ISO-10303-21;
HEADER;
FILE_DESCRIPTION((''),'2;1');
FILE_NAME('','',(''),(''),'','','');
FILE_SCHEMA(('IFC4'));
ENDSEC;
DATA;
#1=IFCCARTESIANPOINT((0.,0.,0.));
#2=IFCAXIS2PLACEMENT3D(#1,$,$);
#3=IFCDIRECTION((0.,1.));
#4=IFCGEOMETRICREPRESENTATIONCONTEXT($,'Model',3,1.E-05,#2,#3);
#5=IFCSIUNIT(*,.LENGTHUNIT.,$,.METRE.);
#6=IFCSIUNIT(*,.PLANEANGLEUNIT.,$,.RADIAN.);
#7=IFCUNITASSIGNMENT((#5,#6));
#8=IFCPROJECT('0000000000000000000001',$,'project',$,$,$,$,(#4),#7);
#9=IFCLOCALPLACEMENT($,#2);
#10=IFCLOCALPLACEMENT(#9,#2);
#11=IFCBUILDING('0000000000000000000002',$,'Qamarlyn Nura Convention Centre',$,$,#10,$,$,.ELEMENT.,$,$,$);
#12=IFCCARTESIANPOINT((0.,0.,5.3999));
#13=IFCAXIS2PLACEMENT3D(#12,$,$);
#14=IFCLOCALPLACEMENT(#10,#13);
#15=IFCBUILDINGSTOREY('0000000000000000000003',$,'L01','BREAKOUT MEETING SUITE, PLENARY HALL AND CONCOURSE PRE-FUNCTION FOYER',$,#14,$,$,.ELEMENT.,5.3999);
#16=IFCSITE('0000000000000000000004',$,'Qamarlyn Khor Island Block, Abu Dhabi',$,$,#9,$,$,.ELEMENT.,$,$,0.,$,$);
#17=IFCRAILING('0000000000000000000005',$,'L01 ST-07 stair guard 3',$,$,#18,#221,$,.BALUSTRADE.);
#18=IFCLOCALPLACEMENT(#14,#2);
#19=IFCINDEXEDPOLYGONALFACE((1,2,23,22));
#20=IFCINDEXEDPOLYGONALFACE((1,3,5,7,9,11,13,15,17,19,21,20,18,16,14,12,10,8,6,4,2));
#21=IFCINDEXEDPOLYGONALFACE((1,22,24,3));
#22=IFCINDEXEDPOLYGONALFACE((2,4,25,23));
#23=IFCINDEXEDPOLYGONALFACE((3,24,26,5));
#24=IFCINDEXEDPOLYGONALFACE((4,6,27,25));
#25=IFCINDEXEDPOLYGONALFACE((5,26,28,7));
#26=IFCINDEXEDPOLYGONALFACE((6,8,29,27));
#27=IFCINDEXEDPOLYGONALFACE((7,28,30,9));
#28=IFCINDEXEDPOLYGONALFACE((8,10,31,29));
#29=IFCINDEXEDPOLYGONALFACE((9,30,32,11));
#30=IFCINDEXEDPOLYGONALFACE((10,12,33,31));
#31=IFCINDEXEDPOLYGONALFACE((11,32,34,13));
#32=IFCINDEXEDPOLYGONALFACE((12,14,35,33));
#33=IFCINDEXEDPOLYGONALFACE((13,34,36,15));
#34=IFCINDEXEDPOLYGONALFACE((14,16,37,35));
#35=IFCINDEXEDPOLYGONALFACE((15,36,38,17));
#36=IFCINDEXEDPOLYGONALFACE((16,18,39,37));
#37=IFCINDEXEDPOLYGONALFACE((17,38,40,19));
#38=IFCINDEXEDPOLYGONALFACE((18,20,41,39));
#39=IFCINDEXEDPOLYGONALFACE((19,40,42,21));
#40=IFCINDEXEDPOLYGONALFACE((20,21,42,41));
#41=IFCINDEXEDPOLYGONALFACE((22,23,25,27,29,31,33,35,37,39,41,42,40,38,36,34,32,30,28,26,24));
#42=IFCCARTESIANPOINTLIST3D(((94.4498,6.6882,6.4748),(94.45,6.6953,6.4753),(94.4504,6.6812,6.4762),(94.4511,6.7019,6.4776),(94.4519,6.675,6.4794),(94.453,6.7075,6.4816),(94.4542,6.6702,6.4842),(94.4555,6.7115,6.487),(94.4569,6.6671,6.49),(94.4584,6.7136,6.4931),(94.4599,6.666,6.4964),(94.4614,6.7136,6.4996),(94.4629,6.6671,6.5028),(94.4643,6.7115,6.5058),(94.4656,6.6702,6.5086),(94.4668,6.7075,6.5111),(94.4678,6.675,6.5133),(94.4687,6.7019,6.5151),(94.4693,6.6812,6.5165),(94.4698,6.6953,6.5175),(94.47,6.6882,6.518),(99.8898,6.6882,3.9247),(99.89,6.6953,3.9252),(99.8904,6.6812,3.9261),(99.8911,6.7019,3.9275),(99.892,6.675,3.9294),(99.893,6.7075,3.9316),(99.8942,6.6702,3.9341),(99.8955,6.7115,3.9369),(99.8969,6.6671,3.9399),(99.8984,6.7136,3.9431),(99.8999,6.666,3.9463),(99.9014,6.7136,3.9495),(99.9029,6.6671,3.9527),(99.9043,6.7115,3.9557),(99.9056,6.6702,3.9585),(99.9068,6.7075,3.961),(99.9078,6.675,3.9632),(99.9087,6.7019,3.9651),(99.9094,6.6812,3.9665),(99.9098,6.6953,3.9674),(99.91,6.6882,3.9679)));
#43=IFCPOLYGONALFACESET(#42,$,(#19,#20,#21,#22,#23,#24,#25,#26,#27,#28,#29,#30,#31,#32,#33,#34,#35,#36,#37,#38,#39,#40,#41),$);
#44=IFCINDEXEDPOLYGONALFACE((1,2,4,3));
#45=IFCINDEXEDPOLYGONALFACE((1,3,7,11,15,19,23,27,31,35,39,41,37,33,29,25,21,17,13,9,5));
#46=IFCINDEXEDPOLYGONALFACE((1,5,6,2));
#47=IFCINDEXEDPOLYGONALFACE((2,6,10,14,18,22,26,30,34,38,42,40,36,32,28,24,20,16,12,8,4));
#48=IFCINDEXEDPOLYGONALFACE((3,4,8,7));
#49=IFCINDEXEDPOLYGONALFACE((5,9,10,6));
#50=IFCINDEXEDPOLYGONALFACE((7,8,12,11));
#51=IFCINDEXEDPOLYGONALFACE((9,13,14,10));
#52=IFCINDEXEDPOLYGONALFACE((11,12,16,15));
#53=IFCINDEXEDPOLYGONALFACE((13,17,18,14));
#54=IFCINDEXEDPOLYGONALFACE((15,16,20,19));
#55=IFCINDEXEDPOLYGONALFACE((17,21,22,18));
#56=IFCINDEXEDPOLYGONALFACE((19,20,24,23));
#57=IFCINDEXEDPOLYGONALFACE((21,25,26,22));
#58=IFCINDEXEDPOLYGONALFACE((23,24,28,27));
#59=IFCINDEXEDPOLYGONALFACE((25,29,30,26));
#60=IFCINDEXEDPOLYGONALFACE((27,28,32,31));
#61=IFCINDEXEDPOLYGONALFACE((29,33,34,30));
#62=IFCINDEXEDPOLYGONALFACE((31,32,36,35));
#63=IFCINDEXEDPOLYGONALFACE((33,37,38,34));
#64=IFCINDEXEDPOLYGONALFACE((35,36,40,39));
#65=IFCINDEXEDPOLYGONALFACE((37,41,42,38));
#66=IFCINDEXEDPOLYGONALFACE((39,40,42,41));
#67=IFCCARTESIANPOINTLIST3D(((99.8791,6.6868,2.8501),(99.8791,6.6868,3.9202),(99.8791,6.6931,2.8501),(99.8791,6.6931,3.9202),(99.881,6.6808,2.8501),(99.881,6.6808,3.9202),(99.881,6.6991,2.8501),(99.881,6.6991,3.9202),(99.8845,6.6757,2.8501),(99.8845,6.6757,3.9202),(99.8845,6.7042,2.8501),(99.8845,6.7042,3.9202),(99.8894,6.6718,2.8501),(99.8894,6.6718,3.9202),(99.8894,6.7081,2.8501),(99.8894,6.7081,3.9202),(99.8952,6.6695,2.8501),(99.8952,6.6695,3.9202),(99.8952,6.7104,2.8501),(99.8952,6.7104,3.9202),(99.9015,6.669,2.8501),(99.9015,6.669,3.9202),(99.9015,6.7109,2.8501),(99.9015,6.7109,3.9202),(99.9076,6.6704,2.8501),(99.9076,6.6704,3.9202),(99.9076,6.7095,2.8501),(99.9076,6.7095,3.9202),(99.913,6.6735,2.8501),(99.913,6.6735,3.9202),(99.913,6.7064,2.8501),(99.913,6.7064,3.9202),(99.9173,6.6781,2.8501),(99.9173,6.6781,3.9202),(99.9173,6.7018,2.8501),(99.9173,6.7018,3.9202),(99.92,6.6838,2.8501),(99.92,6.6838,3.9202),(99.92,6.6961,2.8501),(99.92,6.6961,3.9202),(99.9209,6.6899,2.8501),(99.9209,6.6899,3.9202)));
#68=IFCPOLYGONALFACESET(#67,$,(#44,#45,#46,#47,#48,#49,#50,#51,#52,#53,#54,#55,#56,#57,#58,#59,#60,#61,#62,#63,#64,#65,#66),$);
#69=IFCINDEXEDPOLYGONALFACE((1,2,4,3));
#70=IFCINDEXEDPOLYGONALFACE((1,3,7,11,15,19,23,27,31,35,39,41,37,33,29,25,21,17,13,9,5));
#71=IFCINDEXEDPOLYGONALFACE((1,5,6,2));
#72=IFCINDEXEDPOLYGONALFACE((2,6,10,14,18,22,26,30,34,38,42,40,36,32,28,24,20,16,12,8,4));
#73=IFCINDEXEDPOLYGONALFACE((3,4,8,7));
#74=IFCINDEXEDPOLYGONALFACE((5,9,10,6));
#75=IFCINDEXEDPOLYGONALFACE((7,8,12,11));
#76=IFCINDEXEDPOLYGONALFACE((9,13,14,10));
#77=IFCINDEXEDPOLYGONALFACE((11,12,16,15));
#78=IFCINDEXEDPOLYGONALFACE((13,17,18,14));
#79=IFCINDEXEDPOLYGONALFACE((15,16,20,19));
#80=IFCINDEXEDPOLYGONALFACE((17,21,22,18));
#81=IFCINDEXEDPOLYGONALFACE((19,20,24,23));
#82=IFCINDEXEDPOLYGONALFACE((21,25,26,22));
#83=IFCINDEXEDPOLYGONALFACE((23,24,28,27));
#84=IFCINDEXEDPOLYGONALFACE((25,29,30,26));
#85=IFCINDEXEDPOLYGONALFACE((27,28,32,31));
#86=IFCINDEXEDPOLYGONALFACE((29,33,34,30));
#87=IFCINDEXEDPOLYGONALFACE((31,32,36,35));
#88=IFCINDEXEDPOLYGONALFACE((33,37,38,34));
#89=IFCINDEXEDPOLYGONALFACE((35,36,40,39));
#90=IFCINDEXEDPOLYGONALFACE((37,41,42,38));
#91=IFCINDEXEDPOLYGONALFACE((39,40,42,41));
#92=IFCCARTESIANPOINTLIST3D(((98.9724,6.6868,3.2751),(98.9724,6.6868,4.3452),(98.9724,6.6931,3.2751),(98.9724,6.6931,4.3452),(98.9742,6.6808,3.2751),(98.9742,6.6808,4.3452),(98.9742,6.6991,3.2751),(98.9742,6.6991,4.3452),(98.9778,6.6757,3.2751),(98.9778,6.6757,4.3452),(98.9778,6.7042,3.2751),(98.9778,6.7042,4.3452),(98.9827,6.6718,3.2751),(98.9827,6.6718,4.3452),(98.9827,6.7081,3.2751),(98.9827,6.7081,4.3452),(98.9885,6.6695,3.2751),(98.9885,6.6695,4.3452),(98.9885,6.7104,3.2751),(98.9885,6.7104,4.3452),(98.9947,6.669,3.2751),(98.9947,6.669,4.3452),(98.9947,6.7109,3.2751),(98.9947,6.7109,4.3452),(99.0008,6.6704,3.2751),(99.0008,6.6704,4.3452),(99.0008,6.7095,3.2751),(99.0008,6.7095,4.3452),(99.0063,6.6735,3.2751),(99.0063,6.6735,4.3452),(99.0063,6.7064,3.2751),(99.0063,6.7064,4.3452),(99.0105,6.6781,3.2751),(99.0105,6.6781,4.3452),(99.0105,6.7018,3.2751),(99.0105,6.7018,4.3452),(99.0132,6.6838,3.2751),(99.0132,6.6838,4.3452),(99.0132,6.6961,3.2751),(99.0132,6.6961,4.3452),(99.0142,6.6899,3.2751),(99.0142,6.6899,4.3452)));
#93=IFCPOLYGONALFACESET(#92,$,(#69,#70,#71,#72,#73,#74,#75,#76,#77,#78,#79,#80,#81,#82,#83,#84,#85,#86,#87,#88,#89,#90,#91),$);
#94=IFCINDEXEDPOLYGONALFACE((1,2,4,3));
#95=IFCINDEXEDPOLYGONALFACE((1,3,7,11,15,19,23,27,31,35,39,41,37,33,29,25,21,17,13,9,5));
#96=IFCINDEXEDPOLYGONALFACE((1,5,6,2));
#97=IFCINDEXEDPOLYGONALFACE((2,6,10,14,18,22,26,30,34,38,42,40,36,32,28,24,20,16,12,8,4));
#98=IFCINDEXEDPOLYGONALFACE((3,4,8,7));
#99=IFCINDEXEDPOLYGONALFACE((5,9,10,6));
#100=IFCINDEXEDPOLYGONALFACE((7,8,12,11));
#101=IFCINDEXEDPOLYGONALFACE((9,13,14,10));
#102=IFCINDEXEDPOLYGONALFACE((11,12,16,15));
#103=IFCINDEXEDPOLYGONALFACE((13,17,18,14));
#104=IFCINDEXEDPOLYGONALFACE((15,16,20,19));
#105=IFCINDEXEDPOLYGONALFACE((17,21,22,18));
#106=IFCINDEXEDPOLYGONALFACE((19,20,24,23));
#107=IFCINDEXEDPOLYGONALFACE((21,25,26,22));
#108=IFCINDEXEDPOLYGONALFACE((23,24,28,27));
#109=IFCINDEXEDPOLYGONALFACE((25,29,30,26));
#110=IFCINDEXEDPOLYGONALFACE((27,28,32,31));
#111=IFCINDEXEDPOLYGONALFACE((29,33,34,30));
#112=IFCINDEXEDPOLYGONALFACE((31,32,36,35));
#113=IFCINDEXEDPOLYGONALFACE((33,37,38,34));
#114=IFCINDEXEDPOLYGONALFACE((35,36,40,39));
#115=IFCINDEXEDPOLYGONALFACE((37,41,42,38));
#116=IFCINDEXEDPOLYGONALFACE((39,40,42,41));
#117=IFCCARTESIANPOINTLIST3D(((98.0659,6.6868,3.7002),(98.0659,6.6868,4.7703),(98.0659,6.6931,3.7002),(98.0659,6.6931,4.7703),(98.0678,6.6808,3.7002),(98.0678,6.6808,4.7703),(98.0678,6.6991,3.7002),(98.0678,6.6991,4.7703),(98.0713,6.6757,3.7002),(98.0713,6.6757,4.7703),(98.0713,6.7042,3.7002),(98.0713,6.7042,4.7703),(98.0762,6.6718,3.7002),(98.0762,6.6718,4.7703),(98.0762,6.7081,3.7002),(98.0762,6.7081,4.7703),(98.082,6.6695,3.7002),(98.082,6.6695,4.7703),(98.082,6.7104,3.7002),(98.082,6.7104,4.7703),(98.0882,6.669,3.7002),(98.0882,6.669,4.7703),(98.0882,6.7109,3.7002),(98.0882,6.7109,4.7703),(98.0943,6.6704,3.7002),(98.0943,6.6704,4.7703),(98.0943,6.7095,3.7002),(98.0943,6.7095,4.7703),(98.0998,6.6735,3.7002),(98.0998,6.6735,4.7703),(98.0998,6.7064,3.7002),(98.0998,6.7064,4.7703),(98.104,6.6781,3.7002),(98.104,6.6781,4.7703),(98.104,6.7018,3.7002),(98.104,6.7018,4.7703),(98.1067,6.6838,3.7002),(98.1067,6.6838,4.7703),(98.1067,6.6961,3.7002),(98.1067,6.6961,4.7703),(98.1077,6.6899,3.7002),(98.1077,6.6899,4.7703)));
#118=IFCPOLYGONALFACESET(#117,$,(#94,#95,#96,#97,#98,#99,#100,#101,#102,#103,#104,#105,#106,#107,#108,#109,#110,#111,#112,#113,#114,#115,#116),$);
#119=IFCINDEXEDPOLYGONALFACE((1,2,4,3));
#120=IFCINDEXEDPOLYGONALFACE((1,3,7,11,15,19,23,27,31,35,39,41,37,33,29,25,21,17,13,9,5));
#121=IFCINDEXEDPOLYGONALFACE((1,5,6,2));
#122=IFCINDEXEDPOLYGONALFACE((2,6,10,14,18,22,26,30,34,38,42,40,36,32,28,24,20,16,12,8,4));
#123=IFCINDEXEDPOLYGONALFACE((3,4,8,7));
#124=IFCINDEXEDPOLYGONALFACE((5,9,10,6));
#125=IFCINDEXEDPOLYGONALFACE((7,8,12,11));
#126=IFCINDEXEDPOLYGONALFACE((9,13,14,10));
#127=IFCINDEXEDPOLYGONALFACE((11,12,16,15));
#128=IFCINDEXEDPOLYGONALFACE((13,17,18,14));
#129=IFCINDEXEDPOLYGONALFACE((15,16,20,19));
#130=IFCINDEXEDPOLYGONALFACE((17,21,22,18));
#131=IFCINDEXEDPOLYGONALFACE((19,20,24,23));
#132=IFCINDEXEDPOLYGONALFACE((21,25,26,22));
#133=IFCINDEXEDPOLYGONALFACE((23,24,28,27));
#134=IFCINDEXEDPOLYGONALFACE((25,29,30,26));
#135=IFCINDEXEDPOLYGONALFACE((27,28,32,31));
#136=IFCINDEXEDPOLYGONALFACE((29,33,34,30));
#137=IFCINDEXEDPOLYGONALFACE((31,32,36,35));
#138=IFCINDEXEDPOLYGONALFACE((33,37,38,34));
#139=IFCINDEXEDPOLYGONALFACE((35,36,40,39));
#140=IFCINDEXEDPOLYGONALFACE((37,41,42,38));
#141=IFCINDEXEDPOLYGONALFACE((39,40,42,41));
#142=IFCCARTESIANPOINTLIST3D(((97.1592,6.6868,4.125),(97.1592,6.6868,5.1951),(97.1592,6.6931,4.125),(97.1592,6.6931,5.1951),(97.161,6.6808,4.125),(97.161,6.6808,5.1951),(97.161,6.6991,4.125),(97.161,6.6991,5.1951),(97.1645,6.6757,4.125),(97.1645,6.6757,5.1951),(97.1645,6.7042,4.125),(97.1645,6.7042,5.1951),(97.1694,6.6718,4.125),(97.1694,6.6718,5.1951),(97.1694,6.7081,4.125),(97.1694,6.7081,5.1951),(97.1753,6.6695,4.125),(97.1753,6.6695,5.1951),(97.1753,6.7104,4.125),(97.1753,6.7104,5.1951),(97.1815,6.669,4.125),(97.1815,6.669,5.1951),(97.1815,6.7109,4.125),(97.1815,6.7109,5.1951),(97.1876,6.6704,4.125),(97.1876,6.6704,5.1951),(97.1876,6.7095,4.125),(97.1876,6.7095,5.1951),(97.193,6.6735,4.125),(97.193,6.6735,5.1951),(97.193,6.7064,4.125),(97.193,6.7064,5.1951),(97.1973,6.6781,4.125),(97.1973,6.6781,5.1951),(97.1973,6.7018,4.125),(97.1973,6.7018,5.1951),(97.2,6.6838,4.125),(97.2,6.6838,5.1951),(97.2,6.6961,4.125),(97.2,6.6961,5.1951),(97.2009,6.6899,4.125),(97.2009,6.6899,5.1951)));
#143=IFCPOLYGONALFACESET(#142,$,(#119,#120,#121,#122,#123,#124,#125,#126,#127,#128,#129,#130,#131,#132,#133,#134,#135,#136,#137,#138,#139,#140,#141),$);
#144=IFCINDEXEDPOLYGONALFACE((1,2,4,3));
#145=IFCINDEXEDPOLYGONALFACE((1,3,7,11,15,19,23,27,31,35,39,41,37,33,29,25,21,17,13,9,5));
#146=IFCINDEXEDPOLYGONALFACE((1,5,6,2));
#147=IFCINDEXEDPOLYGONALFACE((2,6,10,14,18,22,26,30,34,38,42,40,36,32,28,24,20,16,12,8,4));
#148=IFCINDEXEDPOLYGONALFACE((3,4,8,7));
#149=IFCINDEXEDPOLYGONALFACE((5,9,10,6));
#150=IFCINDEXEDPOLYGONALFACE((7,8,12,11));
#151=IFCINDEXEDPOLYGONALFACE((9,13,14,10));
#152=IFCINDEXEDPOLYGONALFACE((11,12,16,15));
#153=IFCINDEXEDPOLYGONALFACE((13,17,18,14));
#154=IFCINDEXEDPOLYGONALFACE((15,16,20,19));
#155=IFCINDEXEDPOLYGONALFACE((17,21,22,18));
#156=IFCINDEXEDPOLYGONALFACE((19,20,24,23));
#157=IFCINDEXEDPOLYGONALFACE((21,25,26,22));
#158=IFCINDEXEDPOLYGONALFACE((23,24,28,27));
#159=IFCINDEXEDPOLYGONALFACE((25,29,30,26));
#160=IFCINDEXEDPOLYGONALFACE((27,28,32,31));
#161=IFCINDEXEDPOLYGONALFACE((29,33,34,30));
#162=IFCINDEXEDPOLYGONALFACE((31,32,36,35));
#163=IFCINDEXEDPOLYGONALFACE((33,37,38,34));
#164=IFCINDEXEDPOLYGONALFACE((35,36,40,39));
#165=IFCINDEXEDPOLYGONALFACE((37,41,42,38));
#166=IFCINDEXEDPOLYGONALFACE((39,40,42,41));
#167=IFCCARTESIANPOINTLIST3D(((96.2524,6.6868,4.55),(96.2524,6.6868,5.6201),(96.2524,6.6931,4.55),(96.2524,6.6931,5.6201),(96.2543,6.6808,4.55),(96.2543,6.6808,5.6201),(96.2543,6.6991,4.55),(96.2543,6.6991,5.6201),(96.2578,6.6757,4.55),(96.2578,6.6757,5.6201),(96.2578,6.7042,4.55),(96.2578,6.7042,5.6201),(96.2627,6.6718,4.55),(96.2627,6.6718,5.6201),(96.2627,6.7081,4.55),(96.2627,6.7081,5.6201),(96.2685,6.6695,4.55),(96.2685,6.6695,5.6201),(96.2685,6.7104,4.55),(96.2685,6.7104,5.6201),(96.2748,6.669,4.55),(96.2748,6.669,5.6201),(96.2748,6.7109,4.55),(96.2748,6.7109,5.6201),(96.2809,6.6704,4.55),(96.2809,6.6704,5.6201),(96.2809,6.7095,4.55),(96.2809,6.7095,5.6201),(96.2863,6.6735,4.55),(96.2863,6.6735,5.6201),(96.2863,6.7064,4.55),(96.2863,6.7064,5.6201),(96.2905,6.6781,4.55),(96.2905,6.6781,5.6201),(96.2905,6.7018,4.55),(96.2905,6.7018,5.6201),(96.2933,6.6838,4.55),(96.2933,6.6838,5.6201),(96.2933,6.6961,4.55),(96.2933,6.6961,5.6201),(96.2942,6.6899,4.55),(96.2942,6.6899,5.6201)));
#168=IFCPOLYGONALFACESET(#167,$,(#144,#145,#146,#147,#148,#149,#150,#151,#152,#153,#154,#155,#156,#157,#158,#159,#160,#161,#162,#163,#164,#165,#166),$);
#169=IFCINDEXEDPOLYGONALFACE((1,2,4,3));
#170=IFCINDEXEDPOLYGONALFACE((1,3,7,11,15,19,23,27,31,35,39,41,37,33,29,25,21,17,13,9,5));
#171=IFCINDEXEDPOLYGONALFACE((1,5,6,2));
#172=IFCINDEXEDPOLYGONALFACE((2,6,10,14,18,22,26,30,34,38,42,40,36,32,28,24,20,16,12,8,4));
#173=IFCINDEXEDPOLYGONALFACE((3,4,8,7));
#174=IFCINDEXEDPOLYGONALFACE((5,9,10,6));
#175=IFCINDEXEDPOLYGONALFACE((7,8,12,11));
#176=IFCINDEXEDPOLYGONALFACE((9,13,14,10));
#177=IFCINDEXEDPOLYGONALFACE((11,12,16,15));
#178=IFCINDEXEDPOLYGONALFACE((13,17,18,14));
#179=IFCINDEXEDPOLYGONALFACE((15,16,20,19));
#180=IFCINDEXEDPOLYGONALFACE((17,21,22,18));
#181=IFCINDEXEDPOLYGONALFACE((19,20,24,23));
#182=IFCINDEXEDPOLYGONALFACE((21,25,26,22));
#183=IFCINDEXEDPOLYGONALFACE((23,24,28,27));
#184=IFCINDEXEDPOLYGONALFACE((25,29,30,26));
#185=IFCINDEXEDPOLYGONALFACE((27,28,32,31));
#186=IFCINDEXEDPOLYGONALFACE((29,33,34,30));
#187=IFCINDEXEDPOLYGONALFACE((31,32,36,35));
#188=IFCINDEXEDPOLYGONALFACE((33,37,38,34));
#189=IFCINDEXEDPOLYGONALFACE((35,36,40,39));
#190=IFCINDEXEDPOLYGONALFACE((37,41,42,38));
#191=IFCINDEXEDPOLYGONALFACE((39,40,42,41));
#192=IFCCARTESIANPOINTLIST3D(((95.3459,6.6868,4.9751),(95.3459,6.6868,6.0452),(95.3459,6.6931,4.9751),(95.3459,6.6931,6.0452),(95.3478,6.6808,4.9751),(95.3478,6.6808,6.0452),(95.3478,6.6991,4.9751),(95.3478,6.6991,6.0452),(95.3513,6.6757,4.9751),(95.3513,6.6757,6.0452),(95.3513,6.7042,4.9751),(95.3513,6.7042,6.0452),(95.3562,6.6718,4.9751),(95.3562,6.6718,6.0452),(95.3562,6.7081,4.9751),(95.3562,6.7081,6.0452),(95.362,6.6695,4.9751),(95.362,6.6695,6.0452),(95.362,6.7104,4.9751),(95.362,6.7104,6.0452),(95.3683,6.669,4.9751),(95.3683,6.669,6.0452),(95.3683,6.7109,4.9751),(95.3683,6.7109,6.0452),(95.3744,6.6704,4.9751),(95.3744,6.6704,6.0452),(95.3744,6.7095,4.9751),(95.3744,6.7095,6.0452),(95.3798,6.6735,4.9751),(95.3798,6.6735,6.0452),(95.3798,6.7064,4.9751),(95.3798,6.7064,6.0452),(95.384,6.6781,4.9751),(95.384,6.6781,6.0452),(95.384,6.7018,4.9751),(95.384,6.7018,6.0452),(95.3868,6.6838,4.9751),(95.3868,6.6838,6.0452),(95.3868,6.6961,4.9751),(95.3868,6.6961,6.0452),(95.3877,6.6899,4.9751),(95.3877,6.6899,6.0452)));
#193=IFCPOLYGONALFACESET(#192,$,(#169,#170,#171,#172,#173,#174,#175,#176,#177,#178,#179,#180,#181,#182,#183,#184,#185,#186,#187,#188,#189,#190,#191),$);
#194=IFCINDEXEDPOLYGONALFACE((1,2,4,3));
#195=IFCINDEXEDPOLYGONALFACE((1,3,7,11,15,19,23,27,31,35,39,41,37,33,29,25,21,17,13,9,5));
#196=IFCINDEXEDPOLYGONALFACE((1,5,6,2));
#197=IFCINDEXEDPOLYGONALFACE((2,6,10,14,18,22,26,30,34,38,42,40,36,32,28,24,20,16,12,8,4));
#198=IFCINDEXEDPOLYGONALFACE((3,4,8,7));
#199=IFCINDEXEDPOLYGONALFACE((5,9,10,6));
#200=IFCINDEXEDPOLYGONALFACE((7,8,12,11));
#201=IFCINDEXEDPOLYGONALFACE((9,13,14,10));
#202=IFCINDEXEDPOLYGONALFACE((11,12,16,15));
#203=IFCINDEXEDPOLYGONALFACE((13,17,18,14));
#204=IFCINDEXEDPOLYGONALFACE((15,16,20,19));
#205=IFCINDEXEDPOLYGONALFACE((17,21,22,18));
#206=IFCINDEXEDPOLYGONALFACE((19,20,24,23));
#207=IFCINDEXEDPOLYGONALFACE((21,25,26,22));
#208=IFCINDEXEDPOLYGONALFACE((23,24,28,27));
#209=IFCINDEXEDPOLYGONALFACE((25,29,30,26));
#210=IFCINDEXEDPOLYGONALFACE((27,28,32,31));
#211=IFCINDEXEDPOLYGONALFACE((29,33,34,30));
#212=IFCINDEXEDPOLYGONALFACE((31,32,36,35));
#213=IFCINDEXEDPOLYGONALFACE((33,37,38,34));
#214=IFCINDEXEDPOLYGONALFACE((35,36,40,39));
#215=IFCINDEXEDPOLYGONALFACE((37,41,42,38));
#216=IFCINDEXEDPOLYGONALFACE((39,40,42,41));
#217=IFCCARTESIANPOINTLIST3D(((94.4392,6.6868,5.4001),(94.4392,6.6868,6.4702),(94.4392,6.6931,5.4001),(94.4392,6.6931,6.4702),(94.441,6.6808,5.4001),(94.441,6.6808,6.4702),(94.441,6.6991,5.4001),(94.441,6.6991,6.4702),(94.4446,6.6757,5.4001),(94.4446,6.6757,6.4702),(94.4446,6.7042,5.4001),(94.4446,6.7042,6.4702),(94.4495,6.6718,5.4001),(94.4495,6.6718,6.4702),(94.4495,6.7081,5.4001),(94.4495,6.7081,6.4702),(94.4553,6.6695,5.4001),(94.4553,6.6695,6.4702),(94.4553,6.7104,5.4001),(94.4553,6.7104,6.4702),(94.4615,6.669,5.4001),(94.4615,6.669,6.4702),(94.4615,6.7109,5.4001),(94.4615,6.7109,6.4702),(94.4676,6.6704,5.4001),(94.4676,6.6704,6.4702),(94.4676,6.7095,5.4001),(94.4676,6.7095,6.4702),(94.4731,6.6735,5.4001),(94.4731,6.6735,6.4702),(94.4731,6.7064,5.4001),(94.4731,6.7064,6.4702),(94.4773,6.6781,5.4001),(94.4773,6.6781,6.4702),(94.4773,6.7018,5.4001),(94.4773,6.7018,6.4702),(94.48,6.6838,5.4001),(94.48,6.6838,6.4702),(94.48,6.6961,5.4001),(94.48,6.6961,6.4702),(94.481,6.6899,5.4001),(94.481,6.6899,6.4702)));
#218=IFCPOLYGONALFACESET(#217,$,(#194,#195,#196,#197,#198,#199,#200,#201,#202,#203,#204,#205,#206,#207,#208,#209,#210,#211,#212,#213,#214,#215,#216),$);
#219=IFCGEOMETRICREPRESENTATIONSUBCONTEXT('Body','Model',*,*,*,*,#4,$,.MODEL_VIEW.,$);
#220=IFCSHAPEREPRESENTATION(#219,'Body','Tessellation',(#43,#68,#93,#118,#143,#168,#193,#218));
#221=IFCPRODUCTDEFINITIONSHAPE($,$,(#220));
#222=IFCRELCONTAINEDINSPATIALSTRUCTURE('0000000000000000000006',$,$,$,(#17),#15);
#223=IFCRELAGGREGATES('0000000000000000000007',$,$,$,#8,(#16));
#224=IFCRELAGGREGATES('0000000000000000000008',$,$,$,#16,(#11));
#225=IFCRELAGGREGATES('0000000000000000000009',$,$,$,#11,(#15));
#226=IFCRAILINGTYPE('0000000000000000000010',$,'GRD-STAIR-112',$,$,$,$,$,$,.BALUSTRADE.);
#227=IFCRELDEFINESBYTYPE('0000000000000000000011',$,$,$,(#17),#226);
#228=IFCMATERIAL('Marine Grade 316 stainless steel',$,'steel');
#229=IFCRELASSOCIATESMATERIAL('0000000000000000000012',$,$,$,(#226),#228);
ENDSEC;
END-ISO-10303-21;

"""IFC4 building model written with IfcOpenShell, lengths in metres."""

from ifc_helpers import new_model, si_unit, direction, frame, origin, origin_2d, place, context, subcontext, project, spatial, circle, extrude, material, type_object, element, save


model = new_model("IFC4")

# Units and contexts
model_context = context("Model", 3, precision=1e-05, world=origin(), true_north=direction((0.0, 1.0)))
body_context = subcontext(model_context, "Body", "Model", "MODEL_VIEW")
ifc_project = project(units=[si_unit("LENGTHUNIT", "METRE"), si_unit("PLANEANGLEUNIT", "RADIAN")], contexts=[model_context])

# Site, building, storey
site_placement = place(None, origin())
site = spatial("IfcSite", under=ifc_project, at=site_placement, Name="Qamarlyn Khor Island Block, Abu Dhabi", CompositionType="ELEMENT", RefElevation=0.0)
building_placement = place(site_placement, origin())
building = spatial("IfcBuilding", under=site, at=building_placement, Name="Qamarlyn Nura Convention Centre", CompositionType="ELEMENT")
storey_placement = place(building_placement, frame((0.0, 0.0, 5.3999)))
storey = spatial("IfcBuildingStorey", under=building, at=storey_placement, Name="L01", Description="BREAKOUT MEETING SUITE, PLENARY HALL AND CONCOURSE PRE-FUNCTION FOYER", CompositionType="ELEMENT", Elevation=5.3999)

# Railing
ifc_material_1 = material(Name="Marine Grade 316 stainless steel", Category="steel")
railing_type_1 = type_object("IfcRailingType", Name="GRD-STAIR-112", PredefinedType="BALUSTRADE", material=ifc_material_1)
railing_1_placement = place(storey_placement, frame((99.8999, 6.6899, 2.8501)))
element("IfcRailing", 1, at=railing_1_placement, inside=storey, type_object=railing_type_1, Name="L01 ST-07 stair guard 3", PredefinedType="BALUSTRADE", context=body_context, shape_type="SweptSolid", body=[
    extrude(circle(Radius=0.0239, at=origin_2d()), frame((0.0, 0.0, 1.0962), z_axis=(-0.905454, 0.0, 0.424444), x_axis=(0.0, -1.0, 0.0)), (0.0, 0.0, 1.0), 6.0081),
    extrude(circle(Radius=0.021, at=origin_2d()), origin(), (0.0, 0.0, 1.0), 1.0701),
    extrude(circle(Radius=0.021, at=origin_2d()), frame((-0.9067, 0.0, 0.425)), (0.0, 0.0, 1.0), 1.0701),
    extrude(circle(Radius=0.021, at=origin_2d()), frame((-1.8132, 0.0, 0.8501)), (0.0, 0.0, 1.0), 1.0701),
    extrude(circle(Radius=0.021, at=origin_2d()), frame((-2.72, 0.0, 1.2749)), (0.0, 0.0, 1.0), 1.0701),
    extrude(circle(Radius=0.021, at=origin_2d()), frame((-3.6267, 0.0, 1.7)), (0.0, 0.0, 1.0), 1.0701),
    extrude(circle(Radius=0.021, at=origin_2d()), frame((-4.5332, 0.0, 2.125)), (0.0, 0.0, 1.0), 1.0701),
    extrude(circle(Radius=0.021, at=origin_2d()), frame((-5.4399, 0.0, 2.55)), (0.0, 0.0, 1.0), 1.0701),
])

save(model, "model.ifc")
